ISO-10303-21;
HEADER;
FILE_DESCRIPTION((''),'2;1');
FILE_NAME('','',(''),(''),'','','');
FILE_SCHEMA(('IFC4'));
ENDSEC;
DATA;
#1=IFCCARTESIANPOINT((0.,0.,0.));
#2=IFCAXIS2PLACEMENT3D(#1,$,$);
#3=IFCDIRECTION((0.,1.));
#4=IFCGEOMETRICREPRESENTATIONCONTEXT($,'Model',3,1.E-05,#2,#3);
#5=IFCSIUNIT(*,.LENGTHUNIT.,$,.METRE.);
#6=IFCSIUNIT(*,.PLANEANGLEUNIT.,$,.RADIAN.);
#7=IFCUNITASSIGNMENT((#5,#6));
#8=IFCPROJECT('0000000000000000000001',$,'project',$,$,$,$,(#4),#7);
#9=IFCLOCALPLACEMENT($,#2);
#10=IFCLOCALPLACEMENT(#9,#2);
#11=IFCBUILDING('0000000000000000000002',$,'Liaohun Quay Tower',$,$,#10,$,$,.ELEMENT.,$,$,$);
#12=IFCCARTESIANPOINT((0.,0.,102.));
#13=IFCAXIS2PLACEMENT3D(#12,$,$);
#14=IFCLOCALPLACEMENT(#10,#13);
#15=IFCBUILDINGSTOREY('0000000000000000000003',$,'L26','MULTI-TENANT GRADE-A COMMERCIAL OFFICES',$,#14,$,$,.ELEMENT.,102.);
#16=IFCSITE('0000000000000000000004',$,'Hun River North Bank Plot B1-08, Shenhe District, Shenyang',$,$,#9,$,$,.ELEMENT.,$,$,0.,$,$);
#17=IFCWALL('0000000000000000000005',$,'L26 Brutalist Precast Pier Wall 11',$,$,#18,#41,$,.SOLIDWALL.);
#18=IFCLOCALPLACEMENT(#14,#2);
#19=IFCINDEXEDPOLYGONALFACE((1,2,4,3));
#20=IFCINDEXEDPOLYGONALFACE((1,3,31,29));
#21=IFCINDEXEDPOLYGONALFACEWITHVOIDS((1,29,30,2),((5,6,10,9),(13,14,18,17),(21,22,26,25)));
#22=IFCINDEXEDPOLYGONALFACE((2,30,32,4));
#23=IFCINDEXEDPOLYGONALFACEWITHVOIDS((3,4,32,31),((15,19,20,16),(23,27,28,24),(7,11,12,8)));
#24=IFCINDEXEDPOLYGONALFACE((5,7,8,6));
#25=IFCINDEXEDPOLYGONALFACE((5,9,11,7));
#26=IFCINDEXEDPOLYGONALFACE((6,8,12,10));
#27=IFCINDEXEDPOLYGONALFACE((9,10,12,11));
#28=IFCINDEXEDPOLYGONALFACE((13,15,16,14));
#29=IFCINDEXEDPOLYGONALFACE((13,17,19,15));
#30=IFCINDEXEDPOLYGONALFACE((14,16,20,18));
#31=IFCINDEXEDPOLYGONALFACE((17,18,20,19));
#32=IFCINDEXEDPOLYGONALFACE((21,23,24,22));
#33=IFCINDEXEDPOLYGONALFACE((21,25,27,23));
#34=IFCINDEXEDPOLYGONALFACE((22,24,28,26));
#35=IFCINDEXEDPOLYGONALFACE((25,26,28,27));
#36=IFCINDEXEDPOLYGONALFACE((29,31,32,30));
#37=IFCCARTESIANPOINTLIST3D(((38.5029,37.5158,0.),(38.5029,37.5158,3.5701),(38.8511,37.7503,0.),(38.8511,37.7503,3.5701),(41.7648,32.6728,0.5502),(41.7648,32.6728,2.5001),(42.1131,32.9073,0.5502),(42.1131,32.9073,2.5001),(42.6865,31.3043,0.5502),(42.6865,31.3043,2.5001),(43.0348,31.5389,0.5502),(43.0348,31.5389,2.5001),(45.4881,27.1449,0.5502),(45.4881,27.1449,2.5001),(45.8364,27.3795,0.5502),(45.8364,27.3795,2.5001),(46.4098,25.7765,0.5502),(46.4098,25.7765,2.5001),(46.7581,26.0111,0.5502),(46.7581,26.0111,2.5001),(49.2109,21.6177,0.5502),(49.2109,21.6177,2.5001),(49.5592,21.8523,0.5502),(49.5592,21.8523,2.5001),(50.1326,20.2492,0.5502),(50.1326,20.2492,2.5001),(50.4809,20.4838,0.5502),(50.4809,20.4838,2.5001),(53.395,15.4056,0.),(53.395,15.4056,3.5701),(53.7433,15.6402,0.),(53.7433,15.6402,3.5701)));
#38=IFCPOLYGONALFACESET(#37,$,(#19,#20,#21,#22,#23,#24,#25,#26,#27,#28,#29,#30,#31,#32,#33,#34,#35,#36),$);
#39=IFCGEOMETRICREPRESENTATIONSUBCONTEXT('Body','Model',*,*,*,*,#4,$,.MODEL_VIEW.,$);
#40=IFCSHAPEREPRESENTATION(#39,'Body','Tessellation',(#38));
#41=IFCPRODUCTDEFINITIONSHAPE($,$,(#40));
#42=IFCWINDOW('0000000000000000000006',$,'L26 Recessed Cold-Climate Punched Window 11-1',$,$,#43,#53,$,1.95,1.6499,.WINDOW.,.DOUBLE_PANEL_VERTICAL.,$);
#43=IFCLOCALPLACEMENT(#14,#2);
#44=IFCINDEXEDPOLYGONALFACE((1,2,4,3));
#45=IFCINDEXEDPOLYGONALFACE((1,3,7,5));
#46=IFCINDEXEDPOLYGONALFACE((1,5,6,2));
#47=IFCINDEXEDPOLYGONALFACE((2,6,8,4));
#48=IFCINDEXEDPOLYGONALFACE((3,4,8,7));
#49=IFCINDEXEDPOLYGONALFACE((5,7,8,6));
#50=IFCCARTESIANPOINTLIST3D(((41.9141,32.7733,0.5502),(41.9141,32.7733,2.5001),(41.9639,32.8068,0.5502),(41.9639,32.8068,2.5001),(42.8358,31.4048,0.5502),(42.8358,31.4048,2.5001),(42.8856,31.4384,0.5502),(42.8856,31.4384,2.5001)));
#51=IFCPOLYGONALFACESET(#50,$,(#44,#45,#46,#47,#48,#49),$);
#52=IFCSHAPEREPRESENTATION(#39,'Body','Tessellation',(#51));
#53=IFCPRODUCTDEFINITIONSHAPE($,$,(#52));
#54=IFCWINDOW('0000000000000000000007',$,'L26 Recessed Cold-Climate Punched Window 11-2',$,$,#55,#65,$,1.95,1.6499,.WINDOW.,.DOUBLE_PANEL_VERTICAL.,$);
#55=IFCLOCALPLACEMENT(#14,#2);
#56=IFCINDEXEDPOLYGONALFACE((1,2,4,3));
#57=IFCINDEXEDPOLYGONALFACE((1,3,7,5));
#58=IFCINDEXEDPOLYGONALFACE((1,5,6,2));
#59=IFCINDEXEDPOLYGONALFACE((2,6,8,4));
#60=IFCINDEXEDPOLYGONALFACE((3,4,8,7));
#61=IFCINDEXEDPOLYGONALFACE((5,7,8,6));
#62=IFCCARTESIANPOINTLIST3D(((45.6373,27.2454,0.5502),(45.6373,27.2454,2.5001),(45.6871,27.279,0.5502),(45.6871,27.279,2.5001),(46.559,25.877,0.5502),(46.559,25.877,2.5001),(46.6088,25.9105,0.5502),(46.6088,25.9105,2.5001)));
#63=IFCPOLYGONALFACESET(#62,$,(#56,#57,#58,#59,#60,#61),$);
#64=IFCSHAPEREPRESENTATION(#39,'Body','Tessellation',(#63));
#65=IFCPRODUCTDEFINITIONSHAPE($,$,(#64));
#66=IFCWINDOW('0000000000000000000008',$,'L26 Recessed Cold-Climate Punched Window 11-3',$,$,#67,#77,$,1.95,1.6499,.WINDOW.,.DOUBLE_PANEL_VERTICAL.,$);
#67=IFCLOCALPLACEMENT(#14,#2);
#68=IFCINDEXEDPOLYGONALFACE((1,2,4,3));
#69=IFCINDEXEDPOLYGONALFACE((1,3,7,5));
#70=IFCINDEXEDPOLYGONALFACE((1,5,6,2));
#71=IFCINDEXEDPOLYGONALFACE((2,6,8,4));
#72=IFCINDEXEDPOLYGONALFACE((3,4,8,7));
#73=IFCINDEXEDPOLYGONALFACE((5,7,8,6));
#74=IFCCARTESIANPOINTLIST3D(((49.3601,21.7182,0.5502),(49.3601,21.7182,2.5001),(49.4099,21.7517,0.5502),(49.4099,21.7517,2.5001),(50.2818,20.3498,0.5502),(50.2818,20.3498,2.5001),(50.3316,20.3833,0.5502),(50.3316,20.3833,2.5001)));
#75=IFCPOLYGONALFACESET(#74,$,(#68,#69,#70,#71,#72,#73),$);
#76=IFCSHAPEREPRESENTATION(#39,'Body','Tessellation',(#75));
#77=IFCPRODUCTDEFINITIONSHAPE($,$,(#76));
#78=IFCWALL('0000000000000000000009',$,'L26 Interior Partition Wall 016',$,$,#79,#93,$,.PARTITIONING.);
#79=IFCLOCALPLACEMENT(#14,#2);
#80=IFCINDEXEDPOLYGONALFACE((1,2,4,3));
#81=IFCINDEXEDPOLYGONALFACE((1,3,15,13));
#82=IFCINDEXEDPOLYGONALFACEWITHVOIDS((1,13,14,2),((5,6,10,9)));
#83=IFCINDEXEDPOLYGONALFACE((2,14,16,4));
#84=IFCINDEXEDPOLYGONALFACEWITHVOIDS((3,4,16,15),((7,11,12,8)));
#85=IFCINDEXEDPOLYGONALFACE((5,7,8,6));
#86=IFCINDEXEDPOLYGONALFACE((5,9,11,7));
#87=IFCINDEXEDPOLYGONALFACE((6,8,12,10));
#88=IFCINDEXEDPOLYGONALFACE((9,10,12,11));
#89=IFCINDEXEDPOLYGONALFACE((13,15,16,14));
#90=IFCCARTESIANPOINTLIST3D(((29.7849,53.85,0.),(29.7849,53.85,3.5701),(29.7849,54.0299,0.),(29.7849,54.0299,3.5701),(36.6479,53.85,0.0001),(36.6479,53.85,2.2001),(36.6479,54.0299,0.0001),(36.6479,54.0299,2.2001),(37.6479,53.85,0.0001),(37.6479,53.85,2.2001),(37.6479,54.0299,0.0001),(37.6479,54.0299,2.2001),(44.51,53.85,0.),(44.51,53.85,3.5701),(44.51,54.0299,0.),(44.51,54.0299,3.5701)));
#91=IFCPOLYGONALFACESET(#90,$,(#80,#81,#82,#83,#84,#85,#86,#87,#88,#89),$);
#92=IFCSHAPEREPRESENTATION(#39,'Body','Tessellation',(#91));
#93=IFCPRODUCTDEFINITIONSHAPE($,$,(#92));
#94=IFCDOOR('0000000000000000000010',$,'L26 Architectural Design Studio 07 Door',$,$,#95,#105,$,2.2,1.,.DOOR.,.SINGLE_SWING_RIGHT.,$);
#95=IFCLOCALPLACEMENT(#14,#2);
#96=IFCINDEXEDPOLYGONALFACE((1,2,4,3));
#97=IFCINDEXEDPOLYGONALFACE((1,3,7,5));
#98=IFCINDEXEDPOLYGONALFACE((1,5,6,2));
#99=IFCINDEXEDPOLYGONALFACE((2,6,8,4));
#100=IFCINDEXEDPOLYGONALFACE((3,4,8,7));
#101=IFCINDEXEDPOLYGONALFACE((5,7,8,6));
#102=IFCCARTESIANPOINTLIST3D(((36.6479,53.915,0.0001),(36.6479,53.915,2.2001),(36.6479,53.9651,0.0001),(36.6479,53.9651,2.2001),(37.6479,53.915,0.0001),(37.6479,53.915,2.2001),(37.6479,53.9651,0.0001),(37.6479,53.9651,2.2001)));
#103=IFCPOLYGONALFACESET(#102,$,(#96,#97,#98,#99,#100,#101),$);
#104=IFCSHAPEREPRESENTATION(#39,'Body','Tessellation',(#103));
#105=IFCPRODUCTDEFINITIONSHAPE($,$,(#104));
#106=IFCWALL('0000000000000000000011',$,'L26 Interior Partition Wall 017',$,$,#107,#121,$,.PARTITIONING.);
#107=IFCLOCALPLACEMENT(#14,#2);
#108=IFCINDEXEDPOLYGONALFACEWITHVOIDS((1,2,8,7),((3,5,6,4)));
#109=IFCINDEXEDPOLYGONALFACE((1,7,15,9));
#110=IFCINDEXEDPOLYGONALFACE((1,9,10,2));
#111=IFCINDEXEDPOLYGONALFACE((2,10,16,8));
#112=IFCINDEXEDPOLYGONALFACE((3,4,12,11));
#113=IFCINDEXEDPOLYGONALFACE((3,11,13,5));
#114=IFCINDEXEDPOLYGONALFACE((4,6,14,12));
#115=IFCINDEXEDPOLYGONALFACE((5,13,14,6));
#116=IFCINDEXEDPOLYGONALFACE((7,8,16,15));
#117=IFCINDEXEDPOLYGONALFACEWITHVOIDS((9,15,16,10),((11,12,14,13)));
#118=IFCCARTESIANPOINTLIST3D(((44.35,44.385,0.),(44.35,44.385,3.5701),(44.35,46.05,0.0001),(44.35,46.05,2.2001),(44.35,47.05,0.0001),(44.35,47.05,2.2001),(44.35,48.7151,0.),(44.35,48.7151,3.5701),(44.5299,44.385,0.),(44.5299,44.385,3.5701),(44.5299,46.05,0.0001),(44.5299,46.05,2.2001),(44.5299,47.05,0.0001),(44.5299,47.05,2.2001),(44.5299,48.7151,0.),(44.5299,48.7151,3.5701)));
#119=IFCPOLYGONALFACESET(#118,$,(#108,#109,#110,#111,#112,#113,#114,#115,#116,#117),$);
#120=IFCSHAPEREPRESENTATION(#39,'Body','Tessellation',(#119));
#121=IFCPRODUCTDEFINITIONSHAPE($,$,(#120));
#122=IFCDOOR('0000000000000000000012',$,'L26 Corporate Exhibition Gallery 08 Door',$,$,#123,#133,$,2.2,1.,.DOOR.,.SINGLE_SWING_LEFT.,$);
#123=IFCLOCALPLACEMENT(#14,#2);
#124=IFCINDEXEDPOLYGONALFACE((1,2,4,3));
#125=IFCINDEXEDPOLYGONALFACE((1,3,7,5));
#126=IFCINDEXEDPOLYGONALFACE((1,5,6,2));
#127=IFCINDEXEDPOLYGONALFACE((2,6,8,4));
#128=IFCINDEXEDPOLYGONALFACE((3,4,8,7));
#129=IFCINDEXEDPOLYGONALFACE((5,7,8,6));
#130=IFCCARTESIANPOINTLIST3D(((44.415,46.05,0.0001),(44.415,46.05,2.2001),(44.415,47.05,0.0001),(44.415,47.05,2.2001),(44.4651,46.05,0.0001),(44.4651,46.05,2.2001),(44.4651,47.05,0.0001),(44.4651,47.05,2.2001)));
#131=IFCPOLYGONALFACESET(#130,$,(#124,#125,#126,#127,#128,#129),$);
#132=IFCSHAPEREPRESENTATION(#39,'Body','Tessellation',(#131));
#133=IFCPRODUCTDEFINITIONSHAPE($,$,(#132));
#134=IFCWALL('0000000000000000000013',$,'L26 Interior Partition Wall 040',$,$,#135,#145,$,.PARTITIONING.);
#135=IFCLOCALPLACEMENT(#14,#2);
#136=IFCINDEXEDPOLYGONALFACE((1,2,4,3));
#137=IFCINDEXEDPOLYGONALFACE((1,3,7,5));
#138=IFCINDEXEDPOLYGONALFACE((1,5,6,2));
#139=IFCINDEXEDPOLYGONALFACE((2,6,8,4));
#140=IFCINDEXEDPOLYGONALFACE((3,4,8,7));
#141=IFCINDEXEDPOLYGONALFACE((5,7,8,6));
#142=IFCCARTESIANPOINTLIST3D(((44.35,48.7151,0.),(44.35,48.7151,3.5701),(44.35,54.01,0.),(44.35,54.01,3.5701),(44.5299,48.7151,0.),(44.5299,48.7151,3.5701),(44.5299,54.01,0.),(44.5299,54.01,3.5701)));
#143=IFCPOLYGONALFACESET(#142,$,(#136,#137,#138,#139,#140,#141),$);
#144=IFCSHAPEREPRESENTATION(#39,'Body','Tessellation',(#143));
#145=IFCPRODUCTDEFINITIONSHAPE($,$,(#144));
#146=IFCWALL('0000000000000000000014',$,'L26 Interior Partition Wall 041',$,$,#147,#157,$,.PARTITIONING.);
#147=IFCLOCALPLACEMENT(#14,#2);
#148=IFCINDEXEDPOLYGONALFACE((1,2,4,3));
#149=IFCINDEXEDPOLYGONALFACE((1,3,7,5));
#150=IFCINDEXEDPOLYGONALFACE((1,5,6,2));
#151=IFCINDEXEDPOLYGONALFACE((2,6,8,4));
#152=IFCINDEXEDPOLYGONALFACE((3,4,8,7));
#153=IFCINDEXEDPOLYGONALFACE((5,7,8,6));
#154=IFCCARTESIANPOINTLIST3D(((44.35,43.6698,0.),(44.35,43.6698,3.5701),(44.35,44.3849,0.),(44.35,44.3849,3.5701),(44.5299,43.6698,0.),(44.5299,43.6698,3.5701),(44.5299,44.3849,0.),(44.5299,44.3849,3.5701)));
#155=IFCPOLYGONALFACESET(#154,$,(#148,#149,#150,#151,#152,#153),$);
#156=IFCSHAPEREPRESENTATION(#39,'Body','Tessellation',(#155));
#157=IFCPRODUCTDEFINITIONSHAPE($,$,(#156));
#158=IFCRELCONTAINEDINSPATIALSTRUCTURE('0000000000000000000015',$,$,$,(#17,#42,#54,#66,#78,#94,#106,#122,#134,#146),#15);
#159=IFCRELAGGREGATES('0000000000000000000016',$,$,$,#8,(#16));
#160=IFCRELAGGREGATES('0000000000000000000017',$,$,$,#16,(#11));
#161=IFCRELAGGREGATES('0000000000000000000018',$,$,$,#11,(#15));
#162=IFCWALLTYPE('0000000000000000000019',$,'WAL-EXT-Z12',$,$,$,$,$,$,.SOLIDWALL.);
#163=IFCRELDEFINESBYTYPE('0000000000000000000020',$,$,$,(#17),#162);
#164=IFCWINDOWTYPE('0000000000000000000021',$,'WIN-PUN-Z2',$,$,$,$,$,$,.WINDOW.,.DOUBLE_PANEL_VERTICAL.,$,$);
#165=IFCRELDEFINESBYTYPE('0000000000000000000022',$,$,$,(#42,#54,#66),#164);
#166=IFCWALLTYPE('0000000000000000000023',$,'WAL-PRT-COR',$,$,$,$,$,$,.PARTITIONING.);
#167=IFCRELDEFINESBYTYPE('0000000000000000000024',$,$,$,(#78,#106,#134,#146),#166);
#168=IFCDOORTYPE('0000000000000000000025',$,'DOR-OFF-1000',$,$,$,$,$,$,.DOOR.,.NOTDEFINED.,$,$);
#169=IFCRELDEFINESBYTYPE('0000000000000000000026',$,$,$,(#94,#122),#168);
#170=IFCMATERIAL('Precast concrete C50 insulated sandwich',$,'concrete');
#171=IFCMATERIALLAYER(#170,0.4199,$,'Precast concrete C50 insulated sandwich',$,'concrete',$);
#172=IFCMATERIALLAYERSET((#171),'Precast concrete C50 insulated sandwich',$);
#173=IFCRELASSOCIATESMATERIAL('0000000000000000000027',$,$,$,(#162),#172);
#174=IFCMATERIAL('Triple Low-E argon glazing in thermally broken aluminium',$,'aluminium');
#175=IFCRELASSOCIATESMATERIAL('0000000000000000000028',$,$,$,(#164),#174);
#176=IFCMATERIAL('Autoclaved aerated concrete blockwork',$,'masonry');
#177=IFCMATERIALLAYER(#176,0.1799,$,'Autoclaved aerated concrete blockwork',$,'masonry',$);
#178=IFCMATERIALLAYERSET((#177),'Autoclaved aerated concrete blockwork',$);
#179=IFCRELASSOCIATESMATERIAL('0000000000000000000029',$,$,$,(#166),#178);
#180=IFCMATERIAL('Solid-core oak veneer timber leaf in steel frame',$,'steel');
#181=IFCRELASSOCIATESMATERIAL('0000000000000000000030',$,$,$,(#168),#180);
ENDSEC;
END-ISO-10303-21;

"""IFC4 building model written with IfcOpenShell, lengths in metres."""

from ifc_helpers import new_model, si_unit, direction, frame, frame_2d, origin, place, context, subcontext, project, spatial, rectangle, extrude, source, transform, mapped, material, layer, layer_set, type_object, element, fill, save


model = new_model("IFC4")

# Units and contexts
model_context = context("Model", 3, precision=1e-05, world=origin(), true_north=direction((0.0, 1.0)))
body_context = subcontext(model_context, "Body", "Model", "MODEL_VIEW")
ifc_project = project(units=[si_unit("LENGTHUNIT", "METRE"), si_unit("PLANEANGLEUNIT", "RADIAN")], contexts=[model_context])

# Site, building, storey
site_placement = place(None, origin())
site = spatial("IfcSite", under=ifc_project, at=site_placement, Name="Hun River North Bank Plot B1-08, Shenhe District, Shenyang", CompositionType="ELEMENT", RefElevation=0.0)
building_placement = place(site_placement, origin())
building = spatial("IfcBuilding", under=site, at=building_placement, Name="Liaohun Quay Tower", CompositionType="ELEMENT")
storey_placement = place(building_placement, frame((0.0, 0.0, 102.0)))
storey = spatial("IfcBuildingStorey", under=building, at=storey_placement, Name="L26", Description="MULTI-TENANT GRADE-A COMMERCIAL OFFICES", CompositionType="ELEMENT", Elevation=102.0)

# Wall, openings, windows
ifc_material_1 = material(Name="Precast concrete C50 insulated sandwich", Category="concrete")
ifc_layer_1 = layer(ifc_material_1, 0.4199, Name="Precast concrete C50 insulated sandwich", Category="concrete")
ifc_layer_set_1 = layer_set([ifc_layer_1], Name="Precast concrete C50 insulated sandwich")
wall_type_1 = type_object("IfcWallType", Name="WAL-EXT-Z12", PredefinedType="SOLIDWALL", material=ifc_layer_set_1)
wall_1_placement = place(storey_placement, frame((38.677, 37.6331, 0.0), z_axis=(0.0, 0.0, 1.0), x_axis=(0.558642, -0.829409, 0.0)))
wall_1 = element("IfcWall", 1, at=wall_1_placement, inside=storey, type_object=wall_type_1, Name="L26 Brutalist Precast Pier Wall 11", PredefinedType="SOLIDWALL", context=body_context, shape_type="SweptSolid", body=[
    extrude(rectangle(XDim=26.6577, YDim=0.4199, at=frame_2d((13.3289, 0.0))), origin(), (0.0, 0.0, 1.0), 3.5701),
])
shared_shape_1 = source(origin(), body_context, "Body", "SweptSolid", [
    extrude(rectangle(XDim=1.6499, YDim=1.95, at=frame_2d((0.825, 0.9751))), frame((0.0, 0.22, 0.0), z_axis=(0.0, -1.0, 0.0), x_axis=(1.0, 0.0, 0.0)), (0.0, 0.0, 1.0), 0.4399),
])
opening_1_placement = place(wall_1_placement, frame((5.8391, 0.0, 0.55)))
opening_1 = element("IfcOpeningElement", 2, at=opening_1_placement, cuts=wall_1, PredefinedType="OPENING", context=body_context, shape_type="MappedRepresentation", body=[
    mapped(shared_shape_1, transform((0.0, 0.0, 0.0), x_axis=(1.0, 0.0, 0.0), y_axis=(0.0, 1.0, 0.0), z_axis=(0.0, 0.0, 1.0), scale=1.0)),
])
opening_2_placement = place(wall_1_placement, frame((12.5039, 0.0, 0.55)))
opening_2 = element("IfcOpeningElement", 3, at=opening_2_placement, cuts=wall_1, PredefinedType="OPENING", context=body_context, shape_type="MappedRepresentation", body=[
    mapped(shared_shape_1, transform((0.0, 0.0, 0.0), x_axis=(1.0, 0.0, 0.0), y_axis=(0.0, 1.0, 0.0), z_axis=(0.0, 0.0, 1.0), scale=1.0)),
])
opening_3_placement = place(wall_1_placement, frame((19.168, 0.0, 0.55)))
opening_3 = element("IfcOpeningElement", 4, at=opening_3_placement, cuts=wall_1, PredefinedType="OPENING", context=body_context, shape_type="MappedRepresentation", body=[
    mapped(shared_shape_1, transform((0.0, 0.0, 0.0), x_axis=(1.0, 0.0, 0.0), y_axis=(0.0, 1.0, 0.0), z_axis=(0.0, 0.0, 1.0), scale=1.0)),
])
ifc_material_2 = material(Name="Triple Low-E argon glazing in thermally broken aluminium", Category="aluminium")
window_type = type_object("IfcWindowType", Name="WIN-PUN-Z2", PartitioningType="DOUBLE_PANEL_VERTICAL", PredefinedType="WINDOW", material=ifc_material_2)
shared_shape_2 = source(origin(), body_context, "Body", "SweptSolid", [
    extrude(rectangle(XDim=1.6499, YDim=1.95, at=frame_2d((0.825, 0.9751))), frame((0.0, 0.03, 0.0), z_axis=(0.0, -1.0, 0.0), x_axis=(1.0, 0.0, 0.0)), (0.0, 0.0, 1.0), 0.0601),
])
window_1_placement = place(opening_1_placement, origin())
window_1 = element("IfcWindow", 5, at=window_1_placement, inside=storey, type_object=window_type, Name="L26 Recessed Cold-Climate Punched Window 11-1", OverallHeight=1.95, OverallWidth=1.6499, PartitioningType="DOUBLE_PANEL_VERTICAL", PredefinedType="WINDOW", context=body_context, shape_type="MappedRepresentation", body=[
    mapped(shared_shape_2, transform((0.0, 0.0, 0.0), x_axis=(1.0, 0.0, 0.0), y_axis=(0.0, 1.0, 0.0), z_axis=(0.0, 0.0, 1.0), scale=1.0)),
])
fill(opening_1, window_1)
window_2_placement = place(opening_2_placement, origin())
window_2 = element("IfcWindow", 6, at=window_2_placement, inside=storey, type_object=window_type, Name="L26 Recessed Cold-Climate Punched Window 11-2", OverallHeight=1.95, OverallWidth=1.6499, PartitioningType="DOUBLE_PANEL_VERTICAL", PredefinedType="WINDOW", context=body_context, shape_type="MappedRepresentation", body=[
    mapped(shared_shape_2, transform((0.0, 0.0, 0.0), x_axis=(1.0, 0.0, 0.0), y_axis=(0.0, 1.0, 0.0), z_axis=(0.0, 0.0, 1.0), scale=1.0)),
])
fill(opening_2, window_2)
window_3_placement = place(opening_3_placement, origin())
window_3 = element("IfcWindow", 7, at=window_3_placement, inside=storey, type_object=window_type, Name="L26 Recessed Cold-Climate Punched Window 11-3", OverallHeight=1.95, OverallWidth=1.6499, PartitioningType="DOUBLE_PANEL_VERTICAL", PredefinedType="WINDOW", context=body_context, shape_type="MappedRepresentation", body=[
    mapped(shared_shape_2, transform((0.0, 0.0, 0.0), x_axis=(1.0, 0.0, 0.0), y_axis=(0.0, 1.0, 0.0), z_axis=(0.0, 0.0, 1.0), scale=1.0)),
])
fill(opening_3, window_3)

# Walls, openings, doors
ifc_material_3 = material(Name="Autoclaved aerated concrete blockwork", Category="masonry")
ifc_layer_2 = layer(ifc_material_3, 0.1799, Name="Autoclaved aerated concrete blockwork", Category="masonry")
ifc_layer_set_2 = layer_set([ifc_layer_2], Name="Autoclaved aerated concrete blockwork")
wall_type_2 = type_object("IfcWallType", Name="WAL-PRT-COR", PredefinedType="PARTITIONING", material=ifc_layer_set_2)
wall_2_placement = place(storey_placement, frame((44.51, 53.9399, 0.0), z_axis=(0.0, 0.0, 1.0), x_axis=(-1.0, 0.0, 0.0)))
wall_2 = element("IfcWall", 8, at=wall_2_placement, inside=storey, type_object=wall_type_2, Name="L26 Interior Partition Wall 016", PredefinedType="PARTITIONING", context=body_context, shape_type="SweptSolid", body=[
    extrude(rectangle(XDim=14.7251, YDim=0.1799, at=frame_2d((7.3625, 0.0))), origin(), (0.0, 0.0, 1.0), 3.5701),
])
shared_shape_3 = source(origin(), body_context, "Body", "SweptSolid", [
    extrude(rectangle(XDim=1.0, YDim=2.2, at=frame_2d((0.5, 1.1001))), frame((0.0, 0.0999, 0.0), z_axis=(0.0, -1.0, 0.0), x_axis=(1.0, 0.0, 0.0)), (0.0, 0.0, 1.0), 0.2),
])
opening_4_placement = place(wall_2_placement, frame((6.8621, 0.0, 0.0)))
opening_4 = element("IfcOpeningElement", 9, at=opening_4_placement, cuts=wall_2, PredefinedType="OPENING", context=body_context, shape_type="MappedRepresentation", body=[
    mapped(shared_shape_3, transform((0.0, 0.0, 0.0), x_axis=(1.0, 0.0, 0.0), y_axis=(0.0, 1.0, 0.0), z_axis=(0.0, 0.0, 1.0), scale=1.0)),
])
ifc_material_4 = material(Name="Solid-core oak veneer timber leaf in steel frame", Category="steel")
door_type_1 = type_object("IfcDoorType", Name="DOR-OFF-1000", OperationType="NOTDEFINED", PredefinedType="DOOR", material=ifc_material_4)
shared_shape_4 = source(origin(), body_context, "Body", "SweptSolid", [
    extrude(rectangle(XDim=1.0, YDim=2.2, at=frame_2d((0.5, 1.1001))), frame((0.0, 0.0249, 0.0), z_axis=(0.0, -1.0, 0.0), x_axis=(1.0, 0.0, 0.0)), (0.0, 0.0, 1.0), 0.05),
])
door_1_placement = place(opening_4_placement, origin())
door_1 = element("IfcDoor", 10, at=door_1_placement, inside=storey, type_object=door_type_1, Name="L26 Architectural Design Studio 07 Door", OperationType="SINGLE_SWING_RIGHT", OverallHeight=2.2, OverallWidth=1.0, PredefinedType="DOOR", context=body_context, shape_type="MappedRepresentation", body=[
    mapped(shared_shape_4, transform((0.0, 0.0, 0.0), x_axis=(1.0, 0.0, 0.0), y_axis=(0.0, 1.0, 0.0), z_axis=(0.0, 0.0, 1.0), scale=1.0)),
])
fill(opening_4, door_1)
wall_3_placement = place(storey_placement, frame((44.4399, 44.385, 0.0), z_axis=(0.0, 0.0, 1.0), x_axis=(0.0, 1.0, 0.0)))
wall_3 = element("IfcWall", 11, at=wall_3_placement, inside=storey, type_object=wall_type_2, Name="L26 Interior Partition Wall 017", PredefinedType="PARTITIONING", context=body_context, shape_type="SweptSolid", body=[
    extrude(rectangle(XDim=4.3301, YDim=0.1799, at=frame_2d((2.165, 0.0))), origin(), (0.0, 0.0, 1.0), 3.5701),
])
opening_5_placement = place(wall_3_placement, frame((1.665, 0.0, 0.0)))
opening_5 = element("IfcOpeningElement", 12, at=opening_5_placement, cuts=wall_3, PredefinedType="OPENING", context=body_context, shape_type="MappedRepresentation", body=[
    mapped(shared_shape_3, transform((0.0, 0.0, 0.0), x_axis=(1.0, 0.0, 0.0), y_axis=(0.0, 1.0, 0.0), z_axis=(0.0, 0.0, 1.0), scale=1.0)),
])
door_2_placement = place(opening_5_placement, origin())
door_2 = element("IfcDoor", 13, at=door_2_placement, inside=storey, type_object=door_type_1, Name="L26 Corporate Exhibition Gallery 08 Door", OperationType="SINGLE_SWING_LEFT", OverallHeight=2.2, OverallWidth=1.0, PredefinedType="DOOR", context=body_context, shape_type="MappedRepresentation", body=[
    mapped(shared_shape_4, transform((0.0, 0.0, 0.0), x_axis=(1.0, 0.0, 0.0), y_axis=(0.0, 1.0, 0.0), z_axis=(0.0, 0.0, 1.0), scale=1.0)),
])
fill(opening_5, door_2)

# Walls
wall_4_placement = place(storey_placement, frame((44.4399, 48.7151, 0.0), z_axis=(0.0, 0.0, 1.0), x_axis=(0.0, 1.0, 0.0)))
element("IfcWall", 14, at=wall_4_placement, inside=storey, type_object=wall_type_2, Name="L26 Interior Partition Wall 040", PredefinedType="PARTITIONING", context=body_context, shape_type="SweptSolid", body=[
    extrude(rectangle(XDim=5.2949, YDim=0.1799, at=frame_2d((2.6475, 0.0))), origin(), (0.0, 0.0, 1.0), 3.5701),
])
wall_5_placement = place(storey_placement, frame((44.4399, 43.6699, 0.0), z_axis=(0.0, 0.0, 1.0), x_axis=(0.0, 1.0, 0.0)))
element("IfcWall", 15, at=wall_5_placement, inside=storey, type_object=wall_type_2, Name="L26 Interior Partition Wall 041", PredefinedType="PARTITIONING", context=body_context, shape_type="SweptSolid", body=[
    extrude(rectangle(XDim=0.7151, YDim=0.1799, at=frame_2d((0.3574, 0.0))), origin(), (0.0, 0.0, 1.0), 3.5701),
])

save(model, "model.ifc")
